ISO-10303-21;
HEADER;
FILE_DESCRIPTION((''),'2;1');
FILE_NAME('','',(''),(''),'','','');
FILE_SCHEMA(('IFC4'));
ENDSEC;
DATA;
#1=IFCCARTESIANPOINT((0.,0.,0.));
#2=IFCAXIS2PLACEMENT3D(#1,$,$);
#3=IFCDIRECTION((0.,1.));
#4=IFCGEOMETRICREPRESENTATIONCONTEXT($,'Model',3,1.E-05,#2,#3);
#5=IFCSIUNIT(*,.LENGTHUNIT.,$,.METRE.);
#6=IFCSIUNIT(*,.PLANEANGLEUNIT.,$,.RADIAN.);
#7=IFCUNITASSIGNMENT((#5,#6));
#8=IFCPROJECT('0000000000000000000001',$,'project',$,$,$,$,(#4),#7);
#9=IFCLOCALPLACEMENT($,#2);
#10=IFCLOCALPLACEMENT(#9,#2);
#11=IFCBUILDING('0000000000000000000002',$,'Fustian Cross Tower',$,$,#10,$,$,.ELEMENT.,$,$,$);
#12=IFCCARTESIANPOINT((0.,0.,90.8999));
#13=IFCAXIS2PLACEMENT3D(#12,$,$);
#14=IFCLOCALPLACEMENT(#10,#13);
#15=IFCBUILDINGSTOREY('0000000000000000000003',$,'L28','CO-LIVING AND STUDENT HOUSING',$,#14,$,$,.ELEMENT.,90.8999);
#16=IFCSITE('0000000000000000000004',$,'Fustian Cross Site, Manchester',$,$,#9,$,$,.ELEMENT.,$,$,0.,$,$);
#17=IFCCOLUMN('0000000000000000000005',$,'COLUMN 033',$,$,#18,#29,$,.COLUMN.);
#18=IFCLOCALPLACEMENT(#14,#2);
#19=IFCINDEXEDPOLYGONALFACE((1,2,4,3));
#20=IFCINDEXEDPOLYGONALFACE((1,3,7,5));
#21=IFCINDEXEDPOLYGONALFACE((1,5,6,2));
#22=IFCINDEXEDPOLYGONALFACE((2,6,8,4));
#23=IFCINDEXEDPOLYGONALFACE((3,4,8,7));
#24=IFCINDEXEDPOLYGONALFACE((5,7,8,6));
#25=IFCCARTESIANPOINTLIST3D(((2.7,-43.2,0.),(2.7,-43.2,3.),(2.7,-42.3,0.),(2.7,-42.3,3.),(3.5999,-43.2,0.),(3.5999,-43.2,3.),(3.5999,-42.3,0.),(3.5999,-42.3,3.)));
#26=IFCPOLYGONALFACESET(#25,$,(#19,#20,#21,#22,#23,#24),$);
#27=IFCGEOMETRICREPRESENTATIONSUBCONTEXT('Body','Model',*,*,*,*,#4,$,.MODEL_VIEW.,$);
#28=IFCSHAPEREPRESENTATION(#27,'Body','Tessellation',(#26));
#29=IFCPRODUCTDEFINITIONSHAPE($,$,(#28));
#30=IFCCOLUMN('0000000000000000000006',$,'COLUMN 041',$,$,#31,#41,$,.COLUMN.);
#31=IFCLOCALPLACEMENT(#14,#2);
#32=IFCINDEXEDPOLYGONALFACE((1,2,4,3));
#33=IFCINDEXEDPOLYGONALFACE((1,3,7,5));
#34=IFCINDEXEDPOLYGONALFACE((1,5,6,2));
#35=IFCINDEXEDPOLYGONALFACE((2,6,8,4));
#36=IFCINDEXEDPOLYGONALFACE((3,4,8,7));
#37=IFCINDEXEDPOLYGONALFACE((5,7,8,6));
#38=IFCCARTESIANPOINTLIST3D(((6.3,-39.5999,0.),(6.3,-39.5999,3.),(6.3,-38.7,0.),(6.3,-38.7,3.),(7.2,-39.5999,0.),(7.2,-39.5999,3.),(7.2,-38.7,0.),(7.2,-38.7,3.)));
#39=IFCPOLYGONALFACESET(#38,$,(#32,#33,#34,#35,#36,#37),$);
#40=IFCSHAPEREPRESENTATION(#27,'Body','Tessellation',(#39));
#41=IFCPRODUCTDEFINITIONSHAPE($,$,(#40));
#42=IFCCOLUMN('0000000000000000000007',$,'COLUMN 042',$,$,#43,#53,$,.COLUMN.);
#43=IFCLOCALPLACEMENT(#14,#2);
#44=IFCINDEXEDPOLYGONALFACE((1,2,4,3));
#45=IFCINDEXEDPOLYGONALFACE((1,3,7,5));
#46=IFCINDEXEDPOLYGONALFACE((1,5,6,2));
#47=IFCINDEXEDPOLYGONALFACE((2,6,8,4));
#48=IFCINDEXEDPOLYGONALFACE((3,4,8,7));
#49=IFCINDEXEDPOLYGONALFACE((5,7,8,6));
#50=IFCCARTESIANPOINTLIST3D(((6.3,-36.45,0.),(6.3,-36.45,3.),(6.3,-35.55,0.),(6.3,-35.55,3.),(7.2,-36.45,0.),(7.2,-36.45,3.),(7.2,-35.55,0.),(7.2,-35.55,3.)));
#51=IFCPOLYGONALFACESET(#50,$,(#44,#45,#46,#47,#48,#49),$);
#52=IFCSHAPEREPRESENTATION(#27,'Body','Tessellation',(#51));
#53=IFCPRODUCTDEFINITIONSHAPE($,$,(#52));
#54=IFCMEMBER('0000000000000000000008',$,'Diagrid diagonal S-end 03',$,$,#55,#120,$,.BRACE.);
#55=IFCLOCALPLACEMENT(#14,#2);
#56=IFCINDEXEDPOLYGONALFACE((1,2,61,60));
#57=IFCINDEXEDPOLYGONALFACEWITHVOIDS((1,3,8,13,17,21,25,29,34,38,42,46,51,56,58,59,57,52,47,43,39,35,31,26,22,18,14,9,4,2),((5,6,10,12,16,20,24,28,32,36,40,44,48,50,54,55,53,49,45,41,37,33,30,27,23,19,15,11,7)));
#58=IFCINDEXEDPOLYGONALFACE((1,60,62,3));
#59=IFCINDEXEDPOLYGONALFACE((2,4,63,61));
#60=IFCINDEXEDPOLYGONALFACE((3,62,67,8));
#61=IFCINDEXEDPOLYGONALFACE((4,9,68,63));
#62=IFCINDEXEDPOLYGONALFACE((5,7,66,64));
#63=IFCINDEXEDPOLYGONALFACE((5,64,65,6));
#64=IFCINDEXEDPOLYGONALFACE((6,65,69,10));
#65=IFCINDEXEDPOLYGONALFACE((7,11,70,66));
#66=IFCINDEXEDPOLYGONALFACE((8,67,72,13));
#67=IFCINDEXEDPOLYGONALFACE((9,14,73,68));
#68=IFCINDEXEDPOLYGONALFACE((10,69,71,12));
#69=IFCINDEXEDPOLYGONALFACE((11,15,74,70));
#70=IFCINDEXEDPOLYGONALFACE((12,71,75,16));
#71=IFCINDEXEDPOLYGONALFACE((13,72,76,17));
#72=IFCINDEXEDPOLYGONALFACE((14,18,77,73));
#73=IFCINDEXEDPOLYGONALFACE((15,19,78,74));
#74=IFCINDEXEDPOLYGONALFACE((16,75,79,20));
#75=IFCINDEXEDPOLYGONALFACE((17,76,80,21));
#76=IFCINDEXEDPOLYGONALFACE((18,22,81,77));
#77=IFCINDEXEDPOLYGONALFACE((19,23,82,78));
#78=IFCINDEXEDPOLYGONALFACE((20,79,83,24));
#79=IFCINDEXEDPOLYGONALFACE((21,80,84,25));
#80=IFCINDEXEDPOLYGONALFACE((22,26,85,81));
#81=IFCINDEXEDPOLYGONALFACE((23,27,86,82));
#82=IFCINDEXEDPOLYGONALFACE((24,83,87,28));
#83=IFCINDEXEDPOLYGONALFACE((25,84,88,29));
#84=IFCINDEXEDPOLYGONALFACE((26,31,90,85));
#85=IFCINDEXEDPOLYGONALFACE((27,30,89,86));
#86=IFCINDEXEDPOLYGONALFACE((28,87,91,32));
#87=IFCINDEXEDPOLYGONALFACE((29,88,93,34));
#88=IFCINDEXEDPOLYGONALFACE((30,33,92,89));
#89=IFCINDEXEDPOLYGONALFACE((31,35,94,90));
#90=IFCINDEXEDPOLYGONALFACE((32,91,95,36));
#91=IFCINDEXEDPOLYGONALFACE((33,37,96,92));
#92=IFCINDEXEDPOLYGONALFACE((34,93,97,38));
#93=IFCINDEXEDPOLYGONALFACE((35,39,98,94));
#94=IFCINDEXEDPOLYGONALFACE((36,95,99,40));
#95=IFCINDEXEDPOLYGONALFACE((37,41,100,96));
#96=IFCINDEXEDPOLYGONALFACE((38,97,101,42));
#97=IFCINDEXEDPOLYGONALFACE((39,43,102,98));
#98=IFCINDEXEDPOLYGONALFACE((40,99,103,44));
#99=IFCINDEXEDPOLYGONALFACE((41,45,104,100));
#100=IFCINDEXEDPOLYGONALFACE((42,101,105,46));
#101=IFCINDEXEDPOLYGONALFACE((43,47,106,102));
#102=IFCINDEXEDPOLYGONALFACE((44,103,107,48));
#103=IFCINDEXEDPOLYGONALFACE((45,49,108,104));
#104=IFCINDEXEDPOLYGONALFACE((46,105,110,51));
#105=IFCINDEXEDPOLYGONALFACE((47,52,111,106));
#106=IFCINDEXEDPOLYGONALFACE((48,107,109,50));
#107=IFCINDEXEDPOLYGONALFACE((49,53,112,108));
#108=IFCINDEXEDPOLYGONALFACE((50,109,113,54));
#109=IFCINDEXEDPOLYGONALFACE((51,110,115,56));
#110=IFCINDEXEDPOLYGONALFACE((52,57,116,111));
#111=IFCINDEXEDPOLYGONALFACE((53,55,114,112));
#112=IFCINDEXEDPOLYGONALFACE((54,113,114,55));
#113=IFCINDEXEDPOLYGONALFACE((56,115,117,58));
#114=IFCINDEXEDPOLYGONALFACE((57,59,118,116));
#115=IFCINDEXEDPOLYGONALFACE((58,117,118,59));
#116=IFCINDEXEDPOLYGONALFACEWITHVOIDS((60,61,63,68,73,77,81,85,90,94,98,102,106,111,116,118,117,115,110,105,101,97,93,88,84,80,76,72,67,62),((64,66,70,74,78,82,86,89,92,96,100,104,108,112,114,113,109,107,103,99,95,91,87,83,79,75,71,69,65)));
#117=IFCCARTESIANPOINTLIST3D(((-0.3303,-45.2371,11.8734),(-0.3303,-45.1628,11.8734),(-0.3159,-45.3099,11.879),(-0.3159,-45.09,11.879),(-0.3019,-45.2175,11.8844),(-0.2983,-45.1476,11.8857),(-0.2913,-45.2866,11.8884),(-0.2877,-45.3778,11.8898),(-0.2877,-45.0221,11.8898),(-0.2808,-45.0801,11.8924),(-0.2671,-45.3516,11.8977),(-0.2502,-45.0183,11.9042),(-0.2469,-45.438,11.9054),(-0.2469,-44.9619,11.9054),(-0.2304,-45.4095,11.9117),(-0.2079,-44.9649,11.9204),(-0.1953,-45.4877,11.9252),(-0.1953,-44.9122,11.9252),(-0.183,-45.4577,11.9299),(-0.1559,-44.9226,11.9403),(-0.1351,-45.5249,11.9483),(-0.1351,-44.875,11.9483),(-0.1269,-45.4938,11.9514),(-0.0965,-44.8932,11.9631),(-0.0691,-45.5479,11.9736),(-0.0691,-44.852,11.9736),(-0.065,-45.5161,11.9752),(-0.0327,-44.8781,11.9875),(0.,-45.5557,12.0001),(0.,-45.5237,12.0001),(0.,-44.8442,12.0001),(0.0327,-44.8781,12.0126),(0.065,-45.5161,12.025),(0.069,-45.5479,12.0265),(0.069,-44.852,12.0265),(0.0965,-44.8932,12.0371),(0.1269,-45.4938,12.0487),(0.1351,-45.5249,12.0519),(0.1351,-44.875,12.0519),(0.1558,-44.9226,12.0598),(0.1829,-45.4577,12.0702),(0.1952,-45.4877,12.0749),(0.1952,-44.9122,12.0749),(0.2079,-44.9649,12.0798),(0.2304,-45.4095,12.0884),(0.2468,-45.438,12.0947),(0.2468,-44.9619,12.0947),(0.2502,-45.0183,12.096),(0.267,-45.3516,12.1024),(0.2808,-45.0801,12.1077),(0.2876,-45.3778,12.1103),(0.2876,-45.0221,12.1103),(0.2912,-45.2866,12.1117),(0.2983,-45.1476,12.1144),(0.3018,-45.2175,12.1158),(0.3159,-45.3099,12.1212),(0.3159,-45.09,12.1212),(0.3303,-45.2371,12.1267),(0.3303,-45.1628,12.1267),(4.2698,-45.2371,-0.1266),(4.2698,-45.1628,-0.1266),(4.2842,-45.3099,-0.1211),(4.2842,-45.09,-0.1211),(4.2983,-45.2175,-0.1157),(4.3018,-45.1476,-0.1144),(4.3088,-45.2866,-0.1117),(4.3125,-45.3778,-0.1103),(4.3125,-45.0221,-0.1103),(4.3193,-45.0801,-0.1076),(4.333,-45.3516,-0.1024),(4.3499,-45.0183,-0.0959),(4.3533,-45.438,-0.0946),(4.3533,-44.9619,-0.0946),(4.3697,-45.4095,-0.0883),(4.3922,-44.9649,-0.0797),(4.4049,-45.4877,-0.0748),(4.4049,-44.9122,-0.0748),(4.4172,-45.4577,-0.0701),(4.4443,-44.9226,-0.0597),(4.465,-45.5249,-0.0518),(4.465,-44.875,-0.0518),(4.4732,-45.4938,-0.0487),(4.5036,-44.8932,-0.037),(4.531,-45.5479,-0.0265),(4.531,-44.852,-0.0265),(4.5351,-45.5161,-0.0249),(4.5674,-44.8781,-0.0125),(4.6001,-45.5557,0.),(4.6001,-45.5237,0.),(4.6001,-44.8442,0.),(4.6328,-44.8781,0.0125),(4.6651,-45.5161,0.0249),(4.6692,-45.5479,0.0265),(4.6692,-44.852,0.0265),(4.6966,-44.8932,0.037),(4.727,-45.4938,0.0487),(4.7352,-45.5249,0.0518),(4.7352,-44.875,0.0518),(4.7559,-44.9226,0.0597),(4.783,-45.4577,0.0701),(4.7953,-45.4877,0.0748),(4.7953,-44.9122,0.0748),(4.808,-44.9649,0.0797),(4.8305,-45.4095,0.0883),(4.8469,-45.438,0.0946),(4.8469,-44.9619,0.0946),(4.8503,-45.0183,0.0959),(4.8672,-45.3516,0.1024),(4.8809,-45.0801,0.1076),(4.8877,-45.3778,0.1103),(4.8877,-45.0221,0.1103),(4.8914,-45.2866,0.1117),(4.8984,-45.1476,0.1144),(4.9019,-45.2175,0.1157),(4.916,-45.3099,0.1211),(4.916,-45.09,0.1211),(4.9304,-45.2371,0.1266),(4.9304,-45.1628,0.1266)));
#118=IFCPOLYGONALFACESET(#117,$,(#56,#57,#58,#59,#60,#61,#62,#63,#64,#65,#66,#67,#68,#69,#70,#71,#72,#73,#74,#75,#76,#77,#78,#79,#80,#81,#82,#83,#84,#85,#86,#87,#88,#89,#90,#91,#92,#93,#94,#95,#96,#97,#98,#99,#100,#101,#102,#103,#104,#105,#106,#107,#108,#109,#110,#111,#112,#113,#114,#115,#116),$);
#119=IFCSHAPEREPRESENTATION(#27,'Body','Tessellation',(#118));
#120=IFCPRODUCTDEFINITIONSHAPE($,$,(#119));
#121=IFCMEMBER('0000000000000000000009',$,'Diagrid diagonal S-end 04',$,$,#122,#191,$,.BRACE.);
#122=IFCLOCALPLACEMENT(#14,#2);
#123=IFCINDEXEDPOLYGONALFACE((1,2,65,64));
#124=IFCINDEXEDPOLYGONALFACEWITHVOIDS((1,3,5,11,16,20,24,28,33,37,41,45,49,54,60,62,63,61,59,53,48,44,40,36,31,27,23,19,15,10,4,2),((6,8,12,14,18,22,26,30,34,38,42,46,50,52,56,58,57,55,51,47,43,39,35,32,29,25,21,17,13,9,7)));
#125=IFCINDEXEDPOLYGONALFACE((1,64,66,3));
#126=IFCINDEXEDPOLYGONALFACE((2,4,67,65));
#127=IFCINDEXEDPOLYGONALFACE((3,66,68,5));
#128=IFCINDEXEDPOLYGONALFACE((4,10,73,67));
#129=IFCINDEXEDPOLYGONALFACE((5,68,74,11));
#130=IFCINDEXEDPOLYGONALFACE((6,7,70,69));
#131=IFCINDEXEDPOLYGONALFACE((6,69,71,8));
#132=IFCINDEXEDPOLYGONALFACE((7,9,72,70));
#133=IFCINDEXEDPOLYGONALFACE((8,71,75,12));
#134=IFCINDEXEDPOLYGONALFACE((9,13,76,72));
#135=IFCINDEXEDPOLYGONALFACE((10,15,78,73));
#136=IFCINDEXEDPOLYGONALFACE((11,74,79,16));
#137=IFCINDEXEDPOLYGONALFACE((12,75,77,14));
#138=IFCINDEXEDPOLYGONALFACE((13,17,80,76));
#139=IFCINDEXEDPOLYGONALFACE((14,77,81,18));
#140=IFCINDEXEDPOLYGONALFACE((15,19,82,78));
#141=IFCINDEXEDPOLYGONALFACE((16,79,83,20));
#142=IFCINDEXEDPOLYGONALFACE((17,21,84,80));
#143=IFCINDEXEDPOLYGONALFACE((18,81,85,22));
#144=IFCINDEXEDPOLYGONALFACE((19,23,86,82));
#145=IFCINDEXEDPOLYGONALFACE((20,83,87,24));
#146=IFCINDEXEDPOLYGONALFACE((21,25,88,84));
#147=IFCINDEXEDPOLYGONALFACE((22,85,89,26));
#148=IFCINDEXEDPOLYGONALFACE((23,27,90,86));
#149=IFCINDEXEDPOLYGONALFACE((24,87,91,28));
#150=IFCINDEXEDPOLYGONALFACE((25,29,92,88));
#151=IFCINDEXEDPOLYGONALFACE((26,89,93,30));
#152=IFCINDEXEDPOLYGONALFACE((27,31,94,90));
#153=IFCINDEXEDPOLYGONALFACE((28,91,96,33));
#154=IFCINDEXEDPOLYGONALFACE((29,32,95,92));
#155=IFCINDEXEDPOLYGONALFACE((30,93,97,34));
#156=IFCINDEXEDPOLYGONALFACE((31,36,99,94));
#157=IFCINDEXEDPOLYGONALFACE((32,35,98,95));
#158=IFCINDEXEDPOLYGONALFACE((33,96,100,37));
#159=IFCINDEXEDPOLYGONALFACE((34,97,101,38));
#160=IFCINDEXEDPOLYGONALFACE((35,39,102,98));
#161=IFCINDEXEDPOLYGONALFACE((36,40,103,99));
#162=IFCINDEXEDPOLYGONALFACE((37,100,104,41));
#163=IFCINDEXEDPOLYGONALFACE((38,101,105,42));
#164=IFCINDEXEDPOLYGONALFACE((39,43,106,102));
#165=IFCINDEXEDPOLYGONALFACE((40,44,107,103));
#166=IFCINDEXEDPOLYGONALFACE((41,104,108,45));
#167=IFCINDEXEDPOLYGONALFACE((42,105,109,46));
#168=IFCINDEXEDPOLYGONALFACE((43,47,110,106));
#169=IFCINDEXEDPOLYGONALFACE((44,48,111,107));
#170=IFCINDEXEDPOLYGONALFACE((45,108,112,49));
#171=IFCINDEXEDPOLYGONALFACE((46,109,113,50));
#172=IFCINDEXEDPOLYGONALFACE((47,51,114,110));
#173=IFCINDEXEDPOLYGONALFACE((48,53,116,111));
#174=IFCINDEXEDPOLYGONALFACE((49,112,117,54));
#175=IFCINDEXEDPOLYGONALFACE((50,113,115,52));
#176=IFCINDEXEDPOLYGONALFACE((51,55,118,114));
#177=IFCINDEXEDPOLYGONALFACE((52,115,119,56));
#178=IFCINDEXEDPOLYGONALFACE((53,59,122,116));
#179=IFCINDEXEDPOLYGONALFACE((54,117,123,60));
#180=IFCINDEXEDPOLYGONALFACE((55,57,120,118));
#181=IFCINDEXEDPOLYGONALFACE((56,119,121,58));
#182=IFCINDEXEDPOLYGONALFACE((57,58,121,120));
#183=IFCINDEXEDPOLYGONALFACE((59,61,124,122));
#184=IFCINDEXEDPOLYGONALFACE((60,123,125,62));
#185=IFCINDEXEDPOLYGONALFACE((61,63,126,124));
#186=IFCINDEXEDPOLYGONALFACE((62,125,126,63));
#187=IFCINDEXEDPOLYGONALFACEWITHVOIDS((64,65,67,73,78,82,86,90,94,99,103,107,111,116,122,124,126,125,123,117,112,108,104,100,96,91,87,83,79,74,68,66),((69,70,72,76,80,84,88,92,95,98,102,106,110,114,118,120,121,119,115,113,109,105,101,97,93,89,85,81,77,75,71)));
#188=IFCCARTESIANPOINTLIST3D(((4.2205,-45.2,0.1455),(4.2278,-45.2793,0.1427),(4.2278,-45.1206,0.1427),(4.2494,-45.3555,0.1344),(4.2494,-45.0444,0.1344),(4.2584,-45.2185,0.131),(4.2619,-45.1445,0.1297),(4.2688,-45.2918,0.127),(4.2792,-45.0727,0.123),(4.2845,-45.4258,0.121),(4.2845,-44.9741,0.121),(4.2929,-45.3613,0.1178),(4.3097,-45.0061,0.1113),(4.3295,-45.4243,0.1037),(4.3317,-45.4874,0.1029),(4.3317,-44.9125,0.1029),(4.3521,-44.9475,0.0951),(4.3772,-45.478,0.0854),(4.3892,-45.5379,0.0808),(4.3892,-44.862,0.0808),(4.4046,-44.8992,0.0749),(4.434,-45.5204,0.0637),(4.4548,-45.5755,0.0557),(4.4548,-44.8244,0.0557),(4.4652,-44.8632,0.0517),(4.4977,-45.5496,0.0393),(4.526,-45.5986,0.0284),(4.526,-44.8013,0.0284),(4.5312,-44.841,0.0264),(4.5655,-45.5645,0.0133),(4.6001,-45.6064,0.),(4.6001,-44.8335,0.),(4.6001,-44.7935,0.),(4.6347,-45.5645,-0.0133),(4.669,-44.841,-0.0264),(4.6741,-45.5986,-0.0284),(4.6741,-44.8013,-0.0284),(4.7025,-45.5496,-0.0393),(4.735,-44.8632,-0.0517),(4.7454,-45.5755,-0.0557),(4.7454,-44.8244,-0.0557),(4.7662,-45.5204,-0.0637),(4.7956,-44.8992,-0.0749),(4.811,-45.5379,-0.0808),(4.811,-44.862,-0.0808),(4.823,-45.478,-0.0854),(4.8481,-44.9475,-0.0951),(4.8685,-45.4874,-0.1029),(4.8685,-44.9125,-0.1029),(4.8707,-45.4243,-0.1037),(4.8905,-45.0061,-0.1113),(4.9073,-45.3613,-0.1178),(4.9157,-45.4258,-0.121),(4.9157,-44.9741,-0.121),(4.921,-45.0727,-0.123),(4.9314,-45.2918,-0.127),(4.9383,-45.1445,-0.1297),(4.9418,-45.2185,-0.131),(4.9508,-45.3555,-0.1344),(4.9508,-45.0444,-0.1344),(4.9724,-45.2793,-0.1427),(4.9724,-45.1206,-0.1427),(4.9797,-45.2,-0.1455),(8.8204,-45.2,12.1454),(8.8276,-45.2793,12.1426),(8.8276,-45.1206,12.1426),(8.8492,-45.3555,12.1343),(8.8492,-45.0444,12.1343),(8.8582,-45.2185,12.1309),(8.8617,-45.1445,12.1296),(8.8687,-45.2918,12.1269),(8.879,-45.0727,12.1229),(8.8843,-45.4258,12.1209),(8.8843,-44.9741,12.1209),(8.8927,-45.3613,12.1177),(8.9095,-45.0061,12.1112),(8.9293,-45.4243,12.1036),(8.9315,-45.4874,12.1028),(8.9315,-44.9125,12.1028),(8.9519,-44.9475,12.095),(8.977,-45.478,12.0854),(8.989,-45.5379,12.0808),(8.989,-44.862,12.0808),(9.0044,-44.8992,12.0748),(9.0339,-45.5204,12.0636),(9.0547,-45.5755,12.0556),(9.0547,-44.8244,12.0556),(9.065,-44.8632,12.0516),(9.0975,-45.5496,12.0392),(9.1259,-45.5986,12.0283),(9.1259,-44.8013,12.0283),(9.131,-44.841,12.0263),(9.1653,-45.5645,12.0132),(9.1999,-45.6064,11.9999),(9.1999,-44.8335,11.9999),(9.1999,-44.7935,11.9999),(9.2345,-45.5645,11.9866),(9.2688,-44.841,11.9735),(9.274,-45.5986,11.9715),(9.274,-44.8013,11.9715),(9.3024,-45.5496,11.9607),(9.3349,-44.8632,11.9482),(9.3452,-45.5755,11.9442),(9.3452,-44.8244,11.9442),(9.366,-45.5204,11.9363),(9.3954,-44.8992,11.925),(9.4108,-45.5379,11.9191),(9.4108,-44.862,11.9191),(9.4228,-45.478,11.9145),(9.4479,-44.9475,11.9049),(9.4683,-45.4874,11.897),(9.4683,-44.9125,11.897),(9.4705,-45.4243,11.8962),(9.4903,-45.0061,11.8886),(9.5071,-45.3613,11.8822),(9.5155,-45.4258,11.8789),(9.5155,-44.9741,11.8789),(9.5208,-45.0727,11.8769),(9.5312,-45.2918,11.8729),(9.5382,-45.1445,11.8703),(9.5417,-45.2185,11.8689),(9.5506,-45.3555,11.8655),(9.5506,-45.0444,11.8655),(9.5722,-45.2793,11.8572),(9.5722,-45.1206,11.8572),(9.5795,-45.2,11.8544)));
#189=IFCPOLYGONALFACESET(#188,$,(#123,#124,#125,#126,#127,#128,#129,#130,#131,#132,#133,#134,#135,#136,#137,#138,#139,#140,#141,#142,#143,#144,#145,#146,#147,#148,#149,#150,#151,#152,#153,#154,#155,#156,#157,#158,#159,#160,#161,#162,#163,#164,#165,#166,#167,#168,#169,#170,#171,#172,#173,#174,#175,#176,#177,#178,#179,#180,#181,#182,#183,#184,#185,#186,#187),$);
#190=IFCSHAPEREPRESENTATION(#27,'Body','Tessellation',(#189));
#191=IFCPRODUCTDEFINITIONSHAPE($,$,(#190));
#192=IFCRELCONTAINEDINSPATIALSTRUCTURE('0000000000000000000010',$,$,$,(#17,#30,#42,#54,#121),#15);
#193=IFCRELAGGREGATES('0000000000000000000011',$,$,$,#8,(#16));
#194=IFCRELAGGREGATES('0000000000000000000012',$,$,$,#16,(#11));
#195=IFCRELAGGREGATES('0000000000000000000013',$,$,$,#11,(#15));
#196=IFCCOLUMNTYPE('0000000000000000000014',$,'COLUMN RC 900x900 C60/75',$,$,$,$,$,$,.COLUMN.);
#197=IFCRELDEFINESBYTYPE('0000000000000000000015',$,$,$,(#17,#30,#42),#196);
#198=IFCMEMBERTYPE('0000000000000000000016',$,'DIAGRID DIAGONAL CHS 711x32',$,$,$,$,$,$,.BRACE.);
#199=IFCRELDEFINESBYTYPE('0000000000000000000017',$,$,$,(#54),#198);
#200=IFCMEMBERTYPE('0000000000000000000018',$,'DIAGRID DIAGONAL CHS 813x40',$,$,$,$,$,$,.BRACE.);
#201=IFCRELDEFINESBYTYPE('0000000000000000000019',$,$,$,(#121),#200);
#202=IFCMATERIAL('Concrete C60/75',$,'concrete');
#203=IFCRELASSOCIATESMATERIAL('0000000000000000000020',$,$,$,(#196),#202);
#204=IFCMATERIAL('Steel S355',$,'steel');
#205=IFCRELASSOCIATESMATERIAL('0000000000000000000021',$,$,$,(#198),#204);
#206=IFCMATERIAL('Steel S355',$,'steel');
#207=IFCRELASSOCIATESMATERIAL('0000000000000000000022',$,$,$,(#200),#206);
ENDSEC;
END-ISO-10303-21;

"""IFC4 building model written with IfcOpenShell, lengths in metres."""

from ifc_helpers import new_model, si_unit, direction, frame, origin, origin_2d, place, context, subcontext, project, spatial, rectangle, hollow_circle, extrude, material, material_profile, profile_set, type_object, element, save


model = new_model("IFC4")

# Units and contexts
model_context = context("Model", 3, precision=1e-05, world=origin(), true_north=direction((0.0, 1.0)))
body_context = subcontext(model_context, "Body", "Model", "MODEL_VIEW")
ifc_project = project(units=[si_unit("LENGTHUNIT", "METRE"), si_unit("PLANEANGLEUNIT", "RADIAN")], contexts=[model_context])

# Site, building, storey
site_placement = place(None, origin())
site = spatial("IfcSite", under=ifc_project, at=site_placement, Name="Fustian Cross Site, Manchester", CompositionType="ELEMENT", RefElevation=0.0)
building_placement = place(site_placement, origin())
building = spatial("IfcBuilding", under=site, at=building_placement, Name="Fustian Cross Tower", CompositionType="ELEMENT")
storey_placement = place(building_placement, frame((0.0, 0.0, 90.8999)))
storey = spatial("IfcBuildingStorey", under=building, at=storey_placement, Name="L28", Description="CO-LIVING AND STUDENT HOUSING", CompositionType="ELEMENT", Elevation=90.8999)

# Columns
ifc_material_1 = material(Name="Concrete C60/75", Category="concrete")
ifc_material_profile_1 = material_profile(ifc_material_1, rectangle(XDim=0.8999, YDim=0.8999, at=origin_2d()), Name="RC 900x900")
ifc_profile_set_1 = profile_set([ifc_material_profile_1], Name="Concrete C60/75")
column_type = type_object("IfcColumnType", Name="COLUMN RC 900x900 C60/75", PredefinedType="COLUMN", material=ifc_profile_set_1)
for number, where, z_axis, x_axis, name in (
    (1, (3.1499, -42.75, 0.0), (0.0, 0.0, 1.0), (1.0, 0.0, 0.0), "COLUMN 033"),
    (2, (6.75, -39.1499, 0.0), (0.0, 0.0, 1.0), (1.0, 0.0, 0.0), "COLUMN 041"),
    (3, (6.75, -36.0, 0.0), (0.0, 0.0, 1.0), (1.0, 0.0, 0.0), "COLUMN 042"),
):
    element("IfcColumn", number, at=place(storey_placement, frame(where, z_axis=z_axis, x_axis=x_axis)), inside=storey, type_object=column_type, Name=name, PredefinedType="COLUMN", context=body_context, shape_type="SweptSolid", body=[
        extrude(rectangle(XDim=0.8999, YDim=0.8999, at=origin_2d()), origin(), (0.0, 0.0, 1.0), 3.0),
    ])

# Members
ifc_material_2 = material(Name="Steel S355", Category="steel")
ifc_material_profile_2 = material_profile(ifc_material_2, hollow_circle(Radius=0.3557, WallThickness=0.032, at=origin_2d()), Name="CHS 711x32")
ifc_profile_set_2 = profile_set([ifc_material_profile_2], Name="Steel S355")
member_type_1 = type_object("IfcMemberType", Name="DIAGRID DIAGONAL CHS 711x32", PredefinedType="BRACE", material=ifc_profile_set_2)
member_1_placement = place(storey_placement, frame((4.6001, -45.2, 0.0), z_axis=(-0.357943, 0.0, 0.933744), x_axis=(0.0, -1.0, 0.0)))
element("IfcMember", 4, at=member_1_placement, inside=storey, type_object=member_type_1, Name="Diagrid diagonal S-end 03", PredefinedType="BRACE", context=body_context, shape_type="SweptSolid", body=[
    extrude(hollow_circle(Radius=0.3557, WallThickness=0.032, at=origin_2d()), origin(), (0.0, 0.0, 1.0), 12.8516),
])
ifc_material_3 = material(Name="Steel S355", Category="steel")
ifc_material_profile_3 = material_profile(ifc_material_3, hollow_circle(Radius=0.4065, WallThickness=0.04, at=origin_2d()), Name="CHS 813x40")
ifc_profile_set_3 = profile_set([ifc_material_profile_3], Name="Steel S355")
member_type_2 = type_object("IfcMemberType", Name="DIAGRID DIAGONAL CHS 813x40", PredefinedType="BRACE", material=ifc_profile_set_3)
member_2_placement = place(storey_placement, frame((4.6001, -45.2, 0.0), z_axis=(0.357926, 0.0, 0.93375), x_axis=(0.0, 1.0, 0.0)))
element("IfcMember", 5, at=member_2_placement, inside=storey, type_object=member_type_2, Name="Diagrid diagonal S-end 04", PredefinedType="BRACE", context=body_context, shape_type="SweptSolid", body=[
    extrude(hollow_circle(Radius=0.4065, WallThickness=0.04, at=origin_2d()), origin(), (0.0, 0.0, 1.0), 12.8513),
])

save(model, "model.ifc")
